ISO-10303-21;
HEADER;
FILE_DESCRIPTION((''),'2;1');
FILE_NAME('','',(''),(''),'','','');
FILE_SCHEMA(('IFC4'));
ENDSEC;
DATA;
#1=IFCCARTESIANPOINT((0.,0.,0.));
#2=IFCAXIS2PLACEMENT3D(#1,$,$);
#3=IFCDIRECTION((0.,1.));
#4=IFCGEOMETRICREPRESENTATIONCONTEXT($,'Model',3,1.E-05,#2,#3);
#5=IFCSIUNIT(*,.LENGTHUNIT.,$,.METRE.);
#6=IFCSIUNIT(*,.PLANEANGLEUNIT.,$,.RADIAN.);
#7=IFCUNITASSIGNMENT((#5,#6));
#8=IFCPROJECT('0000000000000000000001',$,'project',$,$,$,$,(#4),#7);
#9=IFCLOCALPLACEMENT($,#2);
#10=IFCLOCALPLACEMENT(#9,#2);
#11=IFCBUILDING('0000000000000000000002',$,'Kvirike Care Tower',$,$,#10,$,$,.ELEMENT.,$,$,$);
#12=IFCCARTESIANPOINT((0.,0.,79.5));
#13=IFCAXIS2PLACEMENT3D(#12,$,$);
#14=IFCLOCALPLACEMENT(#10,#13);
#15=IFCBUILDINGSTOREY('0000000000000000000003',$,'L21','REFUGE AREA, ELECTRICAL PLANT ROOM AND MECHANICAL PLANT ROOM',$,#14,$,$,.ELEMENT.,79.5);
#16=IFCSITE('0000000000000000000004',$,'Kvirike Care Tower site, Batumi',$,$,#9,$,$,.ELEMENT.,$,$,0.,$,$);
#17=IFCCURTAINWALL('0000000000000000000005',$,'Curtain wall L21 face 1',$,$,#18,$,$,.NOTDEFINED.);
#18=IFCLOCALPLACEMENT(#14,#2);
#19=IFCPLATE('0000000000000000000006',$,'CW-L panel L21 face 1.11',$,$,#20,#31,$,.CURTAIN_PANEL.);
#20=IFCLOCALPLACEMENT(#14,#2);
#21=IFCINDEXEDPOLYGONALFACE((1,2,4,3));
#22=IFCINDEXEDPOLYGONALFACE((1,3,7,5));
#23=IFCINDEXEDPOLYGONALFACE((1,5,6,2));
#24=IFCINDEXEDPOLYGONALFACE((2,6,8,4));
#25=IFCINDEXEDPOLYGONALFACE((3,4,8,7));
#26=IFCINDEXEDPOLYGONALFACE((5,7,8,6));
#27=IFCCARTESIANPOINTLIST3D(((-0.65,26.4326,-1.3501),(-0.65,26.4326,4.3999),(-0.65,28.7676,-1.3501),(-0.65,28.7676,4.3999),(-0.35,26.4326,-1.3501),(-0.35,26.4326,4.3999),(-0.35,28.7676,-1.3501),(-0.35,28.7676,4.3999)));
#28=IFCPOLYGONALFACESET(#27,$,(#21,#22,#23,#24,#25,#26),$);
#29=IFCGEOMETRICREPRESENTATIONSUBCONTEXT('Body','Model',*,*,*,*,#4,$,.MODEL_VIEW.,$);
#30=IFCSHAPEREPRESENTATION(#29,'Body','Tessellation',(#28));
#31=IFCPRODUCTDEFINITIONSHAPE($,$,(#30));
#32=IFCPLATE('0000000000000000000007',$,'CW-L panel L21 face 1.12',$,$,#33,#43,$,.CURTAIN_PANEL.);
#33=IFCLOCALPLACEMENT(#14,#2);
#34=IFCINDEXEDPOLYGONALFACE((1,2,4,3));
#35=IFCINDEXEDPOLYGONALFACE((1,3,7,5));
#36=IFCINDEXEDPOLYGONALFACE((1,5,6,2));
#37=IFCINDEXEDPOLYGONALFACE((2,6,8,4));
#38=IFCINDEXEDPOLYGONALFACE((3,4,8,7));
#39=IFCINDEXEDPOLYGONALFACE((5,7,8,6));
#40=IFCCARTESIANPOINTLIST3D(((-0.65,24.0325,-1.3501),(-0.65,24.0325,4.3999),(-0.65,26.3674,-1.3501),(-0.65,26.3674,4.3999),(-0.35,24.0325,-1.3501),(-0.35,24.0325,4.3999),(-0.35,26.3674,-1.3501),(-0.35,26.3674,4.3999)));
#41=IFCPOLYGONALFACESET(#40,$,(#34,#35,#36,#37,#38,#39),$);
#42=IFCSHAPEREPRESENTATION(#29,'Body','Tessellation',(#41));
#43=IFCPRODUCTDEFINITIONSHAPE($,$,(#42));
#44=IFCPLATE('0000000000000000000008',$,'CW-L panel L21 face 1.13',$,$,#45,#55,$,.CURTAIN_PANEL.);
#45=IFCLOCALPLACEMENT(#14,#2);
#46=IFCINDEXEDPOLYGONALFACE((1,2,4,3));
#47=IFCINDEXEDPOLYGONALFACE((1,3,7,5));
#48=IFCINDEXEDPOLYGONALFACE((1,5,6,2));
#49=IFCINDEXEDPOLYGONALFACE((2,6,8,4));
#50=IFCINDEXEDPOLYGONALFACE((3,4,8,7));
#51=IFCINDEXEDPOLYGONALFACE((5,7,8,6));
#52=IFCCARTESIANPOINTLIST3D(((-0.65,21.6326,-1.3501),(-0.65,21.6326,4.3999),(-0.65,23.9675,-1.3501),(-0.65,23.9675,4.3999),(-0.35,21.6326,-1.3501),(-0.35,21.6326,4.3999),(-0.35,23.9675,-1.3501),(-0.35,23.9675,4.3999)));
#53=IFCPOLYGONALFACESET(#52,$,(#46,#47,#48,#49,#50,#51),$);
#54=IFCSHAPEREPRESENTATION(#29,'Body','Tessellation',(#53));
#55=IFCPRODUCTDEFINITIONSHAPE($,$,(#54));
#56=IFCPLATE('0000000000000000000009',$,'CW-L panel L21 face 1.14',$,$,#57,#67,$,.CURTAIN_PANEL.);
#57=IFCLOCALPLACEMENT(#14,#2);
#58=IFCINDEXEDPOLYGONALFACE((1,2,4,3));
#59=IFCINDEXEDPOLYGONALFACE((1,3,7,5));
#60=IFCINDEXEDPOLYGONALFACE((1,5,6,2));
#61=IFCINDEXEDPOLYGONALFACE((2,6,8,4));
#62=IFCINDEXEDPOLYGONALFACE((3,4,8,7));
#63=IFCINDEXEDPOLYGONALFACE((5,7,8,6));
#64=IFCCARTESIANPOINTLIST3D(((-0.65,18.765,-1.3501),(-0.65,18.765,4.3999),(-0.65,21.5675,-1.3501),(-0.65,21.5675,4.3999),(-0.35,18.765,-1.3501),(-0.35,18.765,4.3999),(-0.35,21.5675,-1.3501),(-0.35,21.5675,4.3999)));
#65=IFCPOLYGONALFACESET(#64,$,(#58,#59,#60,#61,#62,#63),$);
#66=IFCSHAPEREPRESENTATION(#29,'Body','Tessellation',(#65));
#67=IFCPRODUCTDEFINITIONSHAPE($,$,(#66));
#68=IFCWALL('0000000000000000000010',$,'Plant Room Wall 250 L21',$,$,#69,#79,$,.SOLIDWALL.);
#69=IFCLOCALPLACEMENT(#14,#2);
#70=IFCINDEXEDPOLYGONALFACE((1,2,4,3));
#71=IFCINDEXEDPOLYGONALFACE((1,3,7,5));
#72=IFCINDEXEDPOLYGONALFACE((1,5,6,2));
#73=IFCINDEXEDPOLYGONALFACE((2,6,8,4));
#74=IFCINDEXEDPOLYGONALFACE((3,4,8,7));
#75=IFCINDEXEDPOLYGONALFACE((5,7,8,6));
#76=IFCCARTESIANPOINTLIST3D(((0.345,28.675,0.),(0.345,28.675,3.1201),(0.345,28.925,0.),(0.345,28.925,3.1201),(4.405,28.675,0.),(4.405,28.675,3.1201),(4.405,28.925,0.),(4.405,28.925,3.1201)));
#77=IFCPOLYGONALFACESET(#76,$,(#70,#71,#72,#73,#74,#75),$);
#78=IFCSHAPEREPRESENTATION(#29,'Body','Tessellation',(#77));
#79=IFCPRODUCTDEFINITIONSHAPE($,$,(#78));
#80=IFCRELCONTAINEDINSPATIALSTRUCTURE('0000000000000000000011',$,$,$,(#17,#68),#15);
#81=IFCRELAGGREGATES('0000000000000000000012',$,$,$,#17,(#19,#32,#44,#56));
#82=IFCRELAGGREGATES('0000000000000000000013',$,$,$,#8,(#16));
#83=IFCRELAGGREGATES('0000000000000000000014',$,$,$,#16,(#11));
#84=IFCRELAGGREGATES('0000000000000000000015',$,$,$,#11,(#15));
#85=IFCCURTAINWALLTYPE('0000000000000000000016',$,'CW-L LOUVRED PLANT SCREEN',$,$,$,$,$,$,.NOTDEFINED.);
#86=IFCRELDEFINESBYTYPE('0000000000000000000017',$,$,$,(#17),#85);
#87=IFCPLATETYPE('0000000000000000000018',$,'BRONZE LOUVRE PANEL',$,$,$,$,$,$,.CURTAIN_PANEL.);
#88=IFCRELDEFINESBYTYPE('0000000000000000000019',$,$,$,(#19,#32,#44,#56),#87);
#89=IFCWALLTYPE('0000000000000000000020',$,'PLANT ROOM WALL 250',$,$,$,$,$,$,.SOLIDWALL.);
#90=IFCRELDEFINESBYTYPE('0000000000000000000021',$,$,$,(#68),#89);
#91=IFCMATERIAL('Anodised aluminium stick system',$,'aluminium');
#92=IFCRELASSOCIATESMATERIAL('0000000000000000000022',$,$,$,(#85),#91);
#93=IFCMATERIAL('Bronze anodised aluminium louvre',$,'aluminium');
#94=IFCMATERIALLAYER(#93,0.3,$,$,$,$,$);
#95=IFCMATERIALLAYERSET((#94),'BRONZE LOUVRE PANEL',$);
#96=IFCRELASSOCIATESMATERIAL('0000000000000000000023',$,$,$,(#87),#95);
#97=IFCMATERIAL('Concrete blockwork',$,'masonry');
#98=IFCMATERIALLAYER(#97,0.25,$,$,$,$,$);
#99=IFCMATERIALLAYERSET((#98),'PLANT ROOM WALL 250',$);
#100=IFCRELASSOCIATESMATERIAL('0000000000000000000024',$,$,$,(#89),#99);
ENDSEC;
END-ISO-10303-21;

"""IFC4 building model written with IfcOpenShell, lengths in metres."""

from ifc_helpers import new_model, si_unit, direction, frame, frame_2d, origin, origin_2d, place, context, subcontext, project, spatial, rectangle, extrude, material, layer, layer_set, type_object, element, aggregate, save


model = new_model("IFC4")

# Units and contexts
model_context = context("Model", 3, precision=1e-05, world=origin(), true_north=direction((0.0, 1.0)))
body_context = subcontext(model_context, "Body", "Model", "MODEL_VIEW")
ifc_project = project(units=[si_unit("LENGTHUNIT", "METRE"), si_unit("PLANEANGLEUNIT", "RADIAN")], contexts=[model_context])

# Site, building, storey
site_placement = place(None, origin())
site = spatial("IfcSite", under=ifc_project, at=site_placement, Name="Kvirike Care Tower site, Batumi", CompositionType="ELEMENT", RefElevation=0.0)
building_placement = place(site_placement, origin())
building = spatial("IfcBuilding", under=site, at=building_placement, Name="Kvirike Care Tower", CompositionType="ELEMENT")
storey_placement = place(building_placement, frame((0.0, 0.0, 79.5)))
storey = spatial("IfcBuildingStorey", under=building, at=storey_placement, Name="L21", Description="REFUGE AREA, ELECTRICAL PLANT ROOM AND MECHANICAL PLANT ROOM", CompositionType="ELEMENT", Elevation=79.5)

# Curtain wall
ifc_material_1 = material(Name="Anodised aluminium stick system", Category="aluminium")
curtain_wall_type = type_object("IfcCurtainWallType", Name="CW-L LOUVRED PLANT SCREEN", PredefinedType="NOTDEFINED", material=ifc_material_1)
curtain_wall_placement = place(storey_placement, origin())
curtain_wall = element("IfcCurtainWall", 1, at=curtain_wall_placement, inside=storey, type_object=curtain_wall_type, Name="Curtain wall L21 face 1", PredefinedType="NOTDEFINED")

# Plates
ifc_material_2 = material(Name="Bronze anodised aluminium louvre", Category="aluminium")
ifc_layer_1 = layer(ifc_material_2, 0.3)
ifc_layer_set_1 = layer_set([ifc_layer_1], Name="BRONZE LOUVRE PANEL")
plate_type = type_object("IfcPlateType", Name="BRONZE LOUVRE PANEL", PredefinedType="CURTAIN_PANEL", material=ifc_layer_set_1)
plate_1_placement = place(storey_placement, frame((-0.5, 27.6001, -1.3501), z_axis=(0.0, 0.0, 1.0), x_axis=(0.0, -1.0, 0.0)))
plate_1 = element("IfcPlate", 2, at=plate_1_placement, type_object=plate_type, Name="CW-L panel L21 face 1.11", PredefinedType="CURTAIN_PANEL", context=body_context, shape_type="SweptSolid", body=[
    extrude(rectangle(XDim=2.335, YDim=0.3, at=origin_2d()), origin(), (0.0, 0.0, 1.0), 5.75),
])
plate_2_placement = place(storey_placement, frame((-0.5, 25.2, -1.3501), z_axis=(0.0, 0.0, 1.0), x_axis=(0.0, -1.0, 0.0)))
plate_2 = element("IfcPlate", 3, at=plate_2_placement, type_object=plate_type, Name="CW-L panel L21 face 1.12", PredefinedType="CURTAIN_PANEL", context=body_context, shape_type="SweptSolid", body=[
    extrude(rectangle(XDim=2.335, YDim=0.3, at=origin_2d()), origin(), (0.0, 0.0, 1.0), 5.75),
])
plate_3_placement = place(storey_placement, frame((-0.5, 22.8, -1.3501), z_axis=(0.0, 0.0, 1.0), x_axis=(0.0, -1.0, 0.0)))
plate_3 = element("IfcPlate", 4, at=plate_3_placement, type_object=plate_type, Name="CW-L panel L21 face 1.13", PredefinedType="CURTAIN_PANEL", context=body_context, shape_type="SweptSolid", body=[
    extrude(rectangle(XDim=2.335, YDim=0.3, at=origin_2d()), origin(), (0.0, 0.0, 1.0), 5.75),
])
plate_4_placement = place(storey_placement, frame((-0.5, 20.1663, -1.3501), z_axis=(0.0, 0.0, 1.0), x_axis=(0.0, -1.0, 0.0)))
plate_4 = element("IfcPlate", 5, at=plate_4_placement, type_object=plate_type, Name="CW-L panel L21 face 1.14", PredefinedType="CURTAIN_PANEL", context=body_context, shape_type="SweptSolid", body=[
    extrude(rectangle(XDim=2.8025, YDim=0.3, at=origin_2d()), origin(), (0.0, 0.0, 1.0), 5.75),
])
aggregate(curtain_wall, [plate_1, plate_2, plate_3, plate_4])

# Wall
ifc_material_3 = material(Name="Concrete blockwork", Category="masonry")
ifc_layer_2 = layer(ifc_material_3, 0.25)
ifc_layer_set_2 = layer_set([ifc_layer_2], Name="PLANT ROOM WALL 250")
wall_type = type_object("IfcWallType", Name="PLANT ROOM WALL 250", PredefinedType="SOLIDWALL", material=ifc_layer_set_2)
wall_placement = place(storey_placement, frame((4.405, 28.8, 0.0), z_axis=(0.0, 0.0, 1.0), x_axis=(-1.0, 0.0, 0.0)))
element("IfcWall", 6, at=wall_placement, inside=storey, type_object=wall_type, Name="Plant Room Wall 250 L21", PredefinedType="SOLIDWALL", context=body_context, shape_type="SweptSolid", body=[
    extrude(rectangle(XDim=4.0601, YDim=0.25, at=frame_2d((2.03, 0.0))), origin(), (0.0, 0.0, 1.0), 3.1201),
])

save(model, "model.ifc")
